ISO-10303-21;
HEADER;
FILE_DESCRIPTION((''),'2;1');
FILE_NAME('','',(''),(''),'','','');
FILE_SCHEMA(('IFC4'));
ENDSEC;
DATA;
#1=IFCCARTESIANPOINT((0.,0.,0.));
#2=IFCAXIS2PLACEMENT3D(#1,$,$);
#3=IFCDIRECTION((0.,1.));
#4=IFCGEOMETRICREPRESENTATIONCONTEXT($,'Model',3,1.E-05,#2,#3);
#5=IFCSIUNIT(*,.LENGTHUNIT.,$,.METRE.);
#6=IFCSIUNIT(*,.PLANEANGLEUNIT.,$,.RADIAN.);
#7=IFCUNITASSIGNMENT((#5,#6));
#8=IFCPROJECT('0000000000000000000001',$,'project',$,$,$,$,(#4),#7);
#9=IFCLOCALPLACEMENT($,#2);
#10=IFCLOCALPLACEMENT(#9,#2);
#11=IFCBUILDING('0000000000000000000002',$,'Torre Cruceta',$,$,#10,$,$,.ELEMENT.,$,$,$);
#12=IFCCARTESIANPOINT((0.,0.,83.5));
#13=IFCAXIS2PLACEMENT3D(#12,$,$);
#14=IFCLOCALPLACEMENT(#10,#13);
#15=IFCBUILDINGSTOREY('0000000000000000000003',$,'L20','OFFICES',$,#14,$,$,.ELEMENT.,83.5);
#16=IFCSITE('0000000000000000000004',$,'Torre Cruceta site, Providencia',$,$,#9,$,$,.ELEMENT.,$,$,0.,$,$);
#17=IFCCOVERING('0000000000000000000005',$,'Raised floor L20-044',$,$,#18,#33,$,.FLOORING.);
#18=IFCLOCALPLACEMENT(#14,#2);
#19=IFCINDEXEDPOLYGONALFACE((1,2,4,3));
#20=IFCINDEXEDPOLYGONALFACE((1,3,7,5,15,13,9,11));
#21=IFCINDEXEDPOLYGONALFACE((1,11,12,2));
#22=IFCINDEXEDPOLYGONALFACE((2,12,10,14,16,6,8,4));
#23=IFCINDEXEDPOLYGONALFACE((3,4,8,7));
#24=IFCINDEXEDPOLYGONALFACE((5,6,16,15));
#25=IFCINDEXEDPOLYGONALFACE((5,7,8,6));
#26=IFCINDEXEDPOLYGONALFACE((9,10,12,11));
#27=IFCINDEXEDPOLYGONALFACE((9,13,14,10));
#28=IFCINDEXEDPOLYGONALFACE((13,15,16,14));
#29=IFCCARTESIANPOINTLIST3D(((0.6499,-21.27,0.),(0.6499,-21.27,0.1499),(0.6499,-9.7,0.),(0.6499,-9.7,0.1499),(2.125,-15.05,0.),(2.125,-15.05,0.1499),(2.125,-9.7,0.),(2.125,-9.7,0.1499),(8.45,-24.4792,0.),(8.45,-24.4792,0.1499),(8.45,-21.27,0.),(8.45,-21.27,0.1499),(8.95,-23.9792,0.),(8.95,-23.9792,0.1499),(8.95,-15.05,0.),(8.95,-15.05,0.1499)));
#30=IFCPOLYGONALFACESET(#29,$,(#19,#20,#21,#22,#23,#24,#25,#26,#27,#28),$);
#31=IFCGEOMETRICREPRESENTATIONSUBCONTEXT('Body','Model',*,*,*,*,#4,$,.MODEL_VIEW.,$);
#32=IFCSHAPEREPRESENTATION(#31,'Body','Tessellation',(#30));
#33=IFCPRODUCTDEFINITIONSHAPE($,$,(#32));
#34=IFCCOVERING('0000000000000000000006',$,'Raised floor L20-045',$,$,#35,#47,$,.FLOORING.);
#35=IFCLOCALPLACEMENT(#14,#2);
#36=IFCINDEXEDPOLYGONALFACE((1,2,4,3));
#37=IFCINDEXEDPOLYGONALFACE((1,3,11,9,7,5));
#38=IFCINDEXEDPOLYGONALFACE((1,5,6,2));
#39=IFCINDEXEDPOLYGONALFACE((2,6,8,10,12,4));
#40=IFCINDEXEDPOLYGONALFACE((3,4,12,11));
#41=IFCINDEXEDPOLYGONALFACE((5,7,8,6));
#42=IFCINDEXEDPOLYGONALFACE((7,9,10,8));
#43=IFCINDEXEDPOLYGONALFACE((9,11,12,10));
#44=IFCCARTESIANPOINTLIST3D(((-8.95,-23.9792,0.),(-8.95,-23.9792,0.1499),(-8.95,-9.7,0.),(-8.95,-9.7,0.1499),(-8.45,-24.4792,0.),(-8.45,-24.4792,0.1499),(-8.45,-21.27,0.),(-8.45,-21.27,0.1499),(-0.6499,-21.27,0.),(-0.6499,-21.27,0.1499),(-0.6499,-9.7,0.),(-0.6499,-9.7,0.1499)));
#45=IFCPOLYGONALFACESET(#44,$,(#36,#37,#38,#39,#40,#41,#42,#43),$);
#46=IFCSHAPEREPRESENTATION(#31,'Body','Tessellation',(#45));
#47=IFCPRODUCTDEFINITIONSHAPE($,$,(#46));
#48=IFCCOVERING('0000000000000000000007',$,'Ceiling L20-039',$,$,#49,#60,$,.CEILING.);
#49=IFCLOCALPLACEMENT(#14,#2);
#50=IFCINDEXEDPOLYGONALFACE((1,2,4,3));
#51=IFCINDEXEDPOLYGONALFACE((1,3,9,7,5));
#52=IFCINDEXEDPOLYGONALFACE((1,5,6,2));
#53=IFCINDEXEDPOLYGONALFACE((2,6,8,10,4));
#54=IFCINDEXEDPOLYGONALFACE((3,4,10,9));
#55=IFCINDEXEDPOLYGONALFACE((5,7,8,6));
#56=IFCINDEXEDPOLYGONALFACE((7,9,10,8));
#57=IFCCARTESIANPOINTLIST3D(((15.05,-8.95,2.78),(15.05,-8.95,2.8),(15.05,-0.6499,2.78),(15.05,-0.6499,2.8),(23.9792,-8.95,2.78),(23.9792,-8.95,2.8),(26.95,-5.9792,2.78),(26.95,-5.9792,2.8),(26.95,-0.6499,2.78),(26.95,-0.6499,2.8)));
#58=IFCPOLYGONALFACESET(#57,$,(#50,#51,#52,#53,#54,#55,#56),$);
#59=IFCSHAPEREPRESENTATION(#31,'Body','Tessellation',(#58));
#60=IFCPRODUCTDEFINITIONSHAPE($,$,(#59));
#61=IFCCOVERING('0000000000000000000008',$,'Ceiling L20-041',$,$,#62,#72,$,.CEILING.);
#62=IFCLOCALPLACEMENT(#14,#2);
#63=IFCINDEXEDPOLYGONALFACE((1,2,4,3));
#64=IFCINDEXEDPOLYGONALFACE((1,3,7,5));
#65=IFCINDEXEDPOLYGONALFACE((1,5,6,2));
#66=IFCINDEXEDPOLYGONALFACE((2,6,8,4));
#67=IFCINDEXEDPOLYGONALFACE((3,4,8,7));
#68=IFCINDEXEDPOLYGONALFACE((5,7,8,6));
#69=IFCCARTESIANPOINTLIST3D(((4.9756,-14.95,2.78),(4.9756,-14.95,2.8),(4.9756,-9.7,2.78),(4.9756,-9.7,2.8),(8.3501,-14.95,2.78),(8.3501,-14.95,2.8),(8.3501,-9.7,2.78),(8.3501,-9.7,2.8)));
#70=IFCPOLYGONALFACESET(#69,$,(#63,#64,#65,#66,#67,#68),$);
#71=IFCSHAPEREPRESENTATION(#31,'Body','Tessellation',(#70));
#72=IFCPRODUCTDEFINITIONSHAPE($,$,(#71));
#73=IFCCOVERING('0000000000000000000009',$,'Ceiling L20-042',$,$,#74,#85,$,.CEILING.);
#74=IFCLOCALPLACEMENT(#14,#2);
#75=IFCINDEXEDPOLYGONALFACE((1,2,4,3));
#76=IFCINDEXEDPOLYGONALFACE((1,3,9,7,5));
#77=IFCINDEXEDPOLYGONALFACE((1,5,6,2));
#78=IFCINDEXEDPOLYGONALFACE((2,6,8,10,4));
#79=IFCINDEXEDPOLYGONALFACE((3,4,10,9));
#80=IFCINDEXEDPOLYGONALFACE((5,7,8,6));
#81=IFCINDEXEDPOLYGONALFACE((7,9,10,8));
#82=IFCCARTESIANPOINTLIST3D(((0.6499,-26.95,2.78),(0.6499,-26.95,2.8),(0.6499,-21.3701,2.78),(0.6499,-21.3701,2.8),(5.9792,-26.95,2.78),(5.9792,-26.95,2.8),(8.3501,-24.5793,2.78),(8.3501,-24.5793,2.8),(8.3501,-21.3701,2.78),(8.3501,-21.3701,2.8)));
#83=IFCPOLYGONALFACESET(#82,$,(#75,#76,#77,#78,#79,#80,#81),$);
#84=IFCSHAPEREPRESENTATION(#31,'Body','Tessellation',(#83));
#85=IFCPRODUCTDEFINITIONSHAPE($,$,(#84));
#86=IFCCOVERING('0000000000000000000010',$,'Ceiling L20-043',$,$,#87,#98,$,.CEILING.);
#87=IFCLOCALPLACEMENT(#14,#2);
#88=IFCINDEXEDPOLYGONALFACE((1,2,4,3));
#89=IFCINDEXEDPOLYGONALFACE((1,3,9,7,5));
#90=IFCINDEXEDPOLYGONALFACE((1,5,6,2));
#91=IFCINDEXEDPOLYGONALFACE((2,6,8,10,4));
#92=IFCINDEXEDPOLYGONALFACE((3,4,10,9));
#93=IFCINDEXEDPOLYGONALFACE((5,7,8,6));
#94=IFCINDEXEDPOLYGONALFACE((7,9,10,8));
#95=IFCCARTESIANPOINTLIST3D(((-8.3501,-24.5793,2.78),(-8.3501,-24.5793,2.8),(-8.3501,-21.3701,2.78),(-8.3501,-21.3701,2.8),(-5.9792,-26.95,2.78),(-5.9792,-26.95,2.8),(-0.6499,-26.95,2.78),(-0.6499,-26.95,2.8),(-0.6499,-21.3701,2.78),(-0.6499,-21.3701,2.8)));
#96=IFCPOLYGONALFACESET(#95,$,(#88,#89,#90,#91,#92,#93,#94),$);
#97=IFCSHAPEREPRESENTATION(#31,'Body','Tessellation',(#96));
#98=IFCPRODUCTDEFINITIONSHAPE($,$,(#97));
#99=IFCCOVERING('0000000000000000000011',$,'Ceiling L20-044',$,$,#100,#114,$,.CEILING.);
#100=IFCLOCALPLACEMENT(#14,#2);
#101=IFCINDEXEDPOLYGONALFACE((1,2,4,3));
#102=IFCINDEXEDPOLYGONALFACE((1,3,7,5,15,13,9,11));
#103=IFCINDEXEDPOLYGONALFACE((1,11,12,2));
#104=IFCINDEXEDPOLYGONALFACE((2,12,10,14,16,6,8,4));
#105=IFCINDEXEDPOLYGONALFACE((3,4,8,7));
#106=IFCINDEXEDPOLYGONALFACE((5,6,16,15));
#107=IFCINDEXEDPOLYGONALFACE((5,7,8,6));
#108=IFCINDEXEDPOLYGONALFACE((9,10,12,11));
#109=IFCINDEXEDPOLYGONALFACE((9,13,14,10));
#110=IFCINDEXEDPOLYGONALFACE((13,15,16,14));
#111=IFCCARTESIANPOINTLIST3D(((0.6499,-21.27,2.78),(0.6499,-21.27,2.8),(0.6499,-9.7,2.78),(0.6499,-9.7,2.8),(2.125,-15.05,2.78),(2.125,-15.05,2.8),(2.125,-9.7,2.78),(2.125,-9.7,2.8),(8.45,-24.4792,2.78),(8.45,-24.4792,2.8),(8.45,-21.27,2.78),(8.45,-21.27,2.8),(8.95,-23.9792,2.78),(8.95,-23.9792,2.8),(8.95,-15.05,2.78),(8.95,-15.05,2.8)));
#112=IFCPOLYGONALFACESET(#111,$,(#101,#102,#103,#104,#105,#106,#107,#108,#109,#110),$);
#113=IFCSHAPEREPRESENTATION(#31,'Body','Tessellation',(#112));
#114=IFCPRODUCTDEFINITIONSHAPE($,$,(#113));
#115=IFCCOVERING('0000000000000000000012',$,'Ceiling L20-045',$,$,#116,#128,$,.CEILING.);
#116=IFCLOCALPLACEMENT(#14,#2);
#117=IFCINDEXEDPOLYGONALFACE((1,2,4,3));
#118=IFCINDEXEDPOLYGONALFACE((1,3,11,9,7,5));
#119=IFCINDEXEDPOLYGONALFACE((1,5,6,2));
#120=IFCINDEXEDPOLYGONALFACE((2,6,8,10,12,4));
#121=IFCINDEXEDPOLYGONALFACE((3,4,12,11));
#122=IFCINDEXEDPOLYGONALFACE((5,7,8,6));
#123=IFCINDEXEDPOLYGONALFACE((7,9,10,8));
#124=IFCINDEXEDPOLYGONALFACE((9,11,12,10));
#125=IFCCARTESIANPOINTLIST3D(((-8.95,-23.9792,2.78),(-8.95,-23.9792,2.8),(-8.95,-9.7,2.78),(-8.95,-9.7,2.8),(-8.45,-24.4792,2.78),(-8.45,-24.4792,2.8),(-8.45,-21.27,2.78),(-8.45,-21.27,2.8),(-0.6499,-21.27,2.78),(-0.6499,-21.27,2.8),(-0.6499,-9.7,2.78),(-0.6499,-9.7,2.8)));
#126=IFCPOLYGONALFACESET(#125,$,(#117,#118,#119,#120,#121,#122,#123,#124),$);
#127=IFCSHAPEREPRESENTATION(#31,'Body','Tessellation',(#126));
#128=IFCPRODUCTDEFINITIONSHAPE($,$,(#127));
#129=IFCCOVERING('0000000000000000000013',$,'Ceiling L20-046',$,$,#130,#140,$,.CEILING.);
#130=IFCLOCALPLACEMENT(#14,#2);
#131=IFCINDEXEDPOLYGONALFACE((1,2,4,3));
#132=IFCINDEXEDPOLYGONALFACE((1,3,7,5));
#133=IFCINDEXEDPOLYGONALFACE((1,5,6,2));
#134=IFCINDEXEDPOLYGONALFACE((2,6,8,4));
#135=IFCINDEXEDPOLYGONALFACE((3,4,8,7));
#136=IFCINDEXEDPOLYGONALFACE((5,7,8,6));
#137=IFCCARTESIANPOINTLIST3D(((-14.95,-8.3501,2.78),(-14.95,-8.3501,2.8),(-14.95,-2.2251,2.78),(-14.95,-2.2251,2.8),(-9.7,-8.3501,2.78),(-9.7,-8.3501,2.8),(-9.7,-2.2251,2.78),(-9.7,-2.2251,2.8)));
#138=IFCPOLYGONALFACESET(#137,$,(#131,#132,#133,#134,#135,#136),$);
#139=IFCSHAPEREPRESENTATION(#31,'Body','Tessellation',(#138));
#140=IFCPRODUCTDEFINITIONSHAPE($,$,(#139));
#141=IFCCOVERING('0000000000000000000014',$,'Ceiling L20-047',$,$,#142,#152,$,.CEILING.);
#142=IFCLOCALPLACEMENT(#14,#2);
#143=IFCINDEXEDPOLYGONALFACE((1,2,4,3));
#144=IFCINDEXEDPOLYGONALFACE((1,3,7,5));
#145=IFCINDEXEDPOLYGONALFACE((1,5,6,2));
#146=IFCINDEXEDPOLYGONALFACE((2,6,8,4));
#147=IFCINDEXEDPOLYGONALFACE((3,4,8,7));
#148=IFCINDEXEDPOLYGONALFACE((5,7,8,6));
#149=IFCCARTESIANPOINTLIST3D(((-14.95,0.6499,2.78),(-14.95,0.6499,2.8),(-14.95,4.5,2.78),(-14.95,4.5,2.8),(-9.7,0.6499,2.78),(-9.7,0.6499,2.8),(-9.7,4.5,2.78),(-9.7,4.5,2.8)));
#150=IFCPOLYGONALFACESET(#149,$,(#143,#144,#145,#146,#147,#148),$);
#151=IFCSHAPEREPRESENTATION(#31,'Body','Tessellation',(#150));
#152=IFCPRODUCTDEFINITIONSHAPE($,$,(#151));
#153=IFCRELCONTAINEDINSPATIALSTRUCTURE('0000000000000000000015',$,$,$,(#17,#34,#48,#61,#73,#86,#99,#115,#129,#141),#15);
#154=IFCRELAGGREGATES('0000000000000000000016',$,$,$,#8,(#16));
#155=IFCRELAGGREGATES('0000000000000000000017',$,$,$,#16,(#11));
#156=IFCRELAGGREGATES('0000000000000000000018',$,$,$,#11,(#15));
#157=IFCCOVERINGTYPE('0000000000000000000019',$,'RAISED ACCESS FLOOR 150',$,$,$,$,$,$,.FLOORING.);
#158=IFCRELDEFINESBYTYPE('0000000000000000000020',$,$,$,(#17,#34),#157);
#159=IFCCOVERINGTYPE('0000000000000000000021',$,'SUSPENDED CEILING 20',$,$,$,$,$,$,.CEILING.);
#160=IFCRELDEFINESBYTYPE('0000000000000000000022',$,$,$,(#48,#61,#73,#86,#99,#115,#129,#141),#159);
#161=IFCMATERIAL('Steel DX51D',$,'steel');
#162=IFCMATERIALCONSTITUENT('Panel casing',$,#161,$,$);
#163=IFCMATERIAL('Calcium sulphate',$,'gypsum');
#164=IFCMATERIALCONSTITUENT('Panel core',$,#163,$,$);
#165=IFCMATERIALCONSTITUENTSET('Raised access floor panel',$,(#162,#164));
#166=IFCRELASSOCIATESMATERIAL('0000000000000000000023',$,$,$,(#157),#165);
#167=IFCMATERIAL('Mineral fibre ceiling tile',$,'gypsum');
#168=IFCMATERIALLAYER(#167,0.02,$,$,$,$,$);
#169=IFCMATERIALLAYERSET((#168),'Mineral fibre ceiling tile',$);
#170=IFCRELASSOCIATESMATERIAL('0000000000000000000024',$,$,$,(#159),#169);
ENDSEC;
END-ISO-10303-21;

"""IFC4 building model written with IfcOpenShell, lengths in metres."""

from ifc_helpers import new_model, si_unit, direction, frame, origin, place, context, subcontext, project, spatial, polyline, outline, extrude, material, layer, layer_set, constituent, constituent_set, type_object, element, save


model = new_model("IFC4")

# Units and contexts
model_context = context("Model", 3, precision=1e-05, world=origin(), true_north=direction((0.0, 1.0)))
body_context = subcontext(model_context, "Body", "Model", "MODEL_VIEW")
ifc_project = project(units=[si_unit("LENGTHUNIT", "METRE"), si_unit("PLANEANGLEUNIT", "RADIAN")], contexts=[model_context])

# Site, building, storey
site_placement = place(None, origin())
site = spatial("IfcSite", under=ifc_project, at=site_placement, Name="Torre Cruceta site, Providencia", CompositionType="ELEMENT", RefElevation=0.0)
building_placement = place(site_placement, origin())
building = spatial("IfcBuilding", under=site, at=building_placement, Name="Torre Cruceta", CompositionType="ELEMENT")
storey_placement = place(building_placement, frame((0.0, 0.0, 83.5)))
storey = spatial("IfcBuildingStorey", under=building, at=storey_placement, Name="L20", Description="OFFICES", CompositionType="ELEMENT", Elevation=83.5)

# Coverings
ifc_material_1 = material(Name="Steel DX51D", Category="steel")
ifc_constituent_1 = constituent(ifc_material_1, Name="Panel casing")
ifc_material_2 = material(Name="Calcium sulphate", Category="gypsum")
ifc_constituent_2 = constituent(ifc_material_2, Name="Panel core")
ifc_constituent_set_1 = constituent_set(constituents=[ifc_constituent_1, ifc_constituent_2], Name="Raised access floor panel")
covering_type_1 = type_object("IfcCoveringType", Name="RAISED ACCESS FLOOR 150", PredefinedType="FLOORING", material=ifc_constituent_set_1)
covering_1_placement = place(storey_placement, origin())
element("IfcCovering", 1, at=covering_1_placement, inside=storey, type_object=covering_type_1, Name="Raised floor L20-044", PredefinedType="FLOORING", context=body_context, shape_type="SweptSolid", body=[
    extrude(outline(polyline([(0.6499, -21.27), (0.6499, -9.7), (2.125, -9.7), (2.125, -15.05), (8.95, -15.05), (8.95, -23.9792), (8.45, -24.4792), (8.45, -21.27), (0.6499, -21.27)])), origin(), (0.0, 0.0, 1.0), 0.1499),
])
covering_2_placement = place(storey_placement, origin())
element("IfcCovering", 2, at=covering_2_placement, inside=storey, type_object=covering_type_1, Name="Raised floor L20-045", PredefinedType="FLOORING", context=body_context, shape_type="SweptSolid", body=[
    extrude(outline(polyline([(-8.45, -21.27), (-8.45, -24.4792), (-8.95, -23.9792), (-8.95, -9.7), (-0.6499, -9.7), (-0.6499, -21.27), (-8.45, -21.27)])), origin(), (0.0, 0.0, 1.0), 0.1499),
])
ifc_material_3 = material(Name="Mineral fibre ceiling tile", Category="gypsum")
ifc_layer_1 = layer(ifc_material_3, 0.02)
ifc_layer_set_1 = layer_set([ifc_layer_1], Name="Mineral fibre ceiling tile")
covering_type_2 = type_object("IfcCoveringType", Name="SUSPENDED CEILING 20", PredefinedType="CEILING", material=ifc_layer_set_1)
covering_3_placement = place(storey_placement, frame((0.0, 0.0, 2.78)))
element("IfcCovering", 3, at=covering_3_placement, inside=storey, type_object=covering_type_2, Name="Ceiling L20-039", PredefinedType="CEILING", context=body_context, shape_type="SweptSolid", body=[
    extrude(outline(polyline([(23.9792, -8.95), (15.05, -8.95), (15.05, -0.6499), (26.95, -0.6499), (26.95, -5.9792), (23.9792, -8.95)])), origin(), (0.0, 0.0, 1.0), 0.02),
])
covering_4_placement = place(storey_placement, frame((0.0, 0.0, 2.78)))
element("IfcCovering", 4, at=covering_4_placement, inside=storey, type_object=covering_type_2, Name="Ceiling L20-041", PredefinedType="CEILING", context=body_context, shape_type="SweptSolid", body=[
    extrude(outline(polyline([(4.9756, -9.7), (8.3501, -9.7), (8.3501, -14.95), (4.9756, -14.95), (4.9756, -9.7)])), origin(), (0.0, 0.0, 1.0), 0.02),
])
covering_5_placement = place(storey_placement, frame((0.0, 0.0, 2.78)))
element("IfcCovering", 5, at=covering_5_placement, inside=storey, type_object=covering_type_2, Name="Ceiling L20-042", PredefinedType="CEILING", context=body_context, shape_type="SweptSolid", body=[
    extrude(outline(polyline([(0.6499, -26.95), (0.6499, -21.3701), (8.3501, -21.3701), (8.3501, -24.5793), (5.9792, -26.95), (0.6499, -26.95)])), origin(), (0.0, 0.0, 1.0), 0.02),
])
covering_6_placement = place(storey_placement, frame((0.0, 0.0, 2.78)))
element("IfcCovering", 6, at=covering_6_placement, inside=storey, type_object=covering_type_2, Name="Ceiling L20-043", PredefinedType="CEILING", context=body_context, shape_type="SweptSolid", body=[
    extrude(outline(polyline([(-8.3501, -24.5793), (-8.3501, -21.3701), (-0.6499, -21.3701), (-0.6499, -26.95), (-5.9792, -26.95), (-8.3501, -24.5793)])), origin(), (0.0, 0.0, 1.0), 0.02),
])
covering_7_placement = place(storey_placement, frame((0.0, 0.0, 2.78)))
element("IfcCovering", 7, at=covering_7_placement, inside=storey, type_object=covering_type_2, Name="Ceiling L20-044", PredefinedType="CEILING", context=body_context, shape_type="SweptSolid", body=[
    extrude(outline(polyline([(0.6499, -21.27), (0.6499, -9.7), (2.125, -9.7), (2.125, -15.05), (8.95, -15.05), (8.95, -23.9792), (8.45, -24.4792), (8.45, -21.27), (0.6499, -21.27)])), origin(), (0.0, 0.0, 1.0), 0.02),
])
covering_8_placement = place(storey_placement, frame((0.0, 0.0, 2.78)))
element("IfcCovering", 8, at=covering_8_placement, inside=storey, type_object=covering_type_2, Name="Ceiling L20-045", PredefinedType="CEILING", context=body_context, shape_type="SweptSolid", body=[
    extrude(outline(polyline([(-8.45, -21.27), (-8.45, -24.4792), (-8.95, -23.9792), (-8.95, -9.7), (-0.6499, -9.7), (-0.6499, -21.27), (-8.45, -21.27)])), origin(), (0.0, 0.0, 1.0), 0.02),
])
covering_9_placement = place(storey_placement, frame((0.0, 0.0, 2.78)))
element("IfcCovering", 9, at=covering_9_placement, inside=storey, type_object=covering_type_2, Name="Ceiling L20-046", PredefinedType="CEILING", context=body_context, shape_type="SweptSolid", body=[
    extrude(outline(polyline([(-9.7, -2.2251), (-9.7, -8.3501), (-14.95, -8.3501), (-14.95, -2.2251), (-9.7, -2.2251)])), origin(), (0.0, 0.0, 1.0), 0.02),
])
covering_10_placement = place(storey_placement, frame((0.0, 0.0, 2.78)))
element("IfcCovering", 10, at=covering_10_placement, inside=storey, type_object=covering_type_2, Name="Ceiling L20-047", PredefinedType="CEILING", context=body_context, shape_type="SweptSolid", body=[
    extrude(outline(polyline([(-9.7, 4.5), (-9.7, 0.6499), (-14.95, 0.6499), (-14.95, 4.5), (-9.7, 4.5)])), origin(), (0.0, 0.0, 1.0), 0.02),
])

save(model, "model.ifc")
